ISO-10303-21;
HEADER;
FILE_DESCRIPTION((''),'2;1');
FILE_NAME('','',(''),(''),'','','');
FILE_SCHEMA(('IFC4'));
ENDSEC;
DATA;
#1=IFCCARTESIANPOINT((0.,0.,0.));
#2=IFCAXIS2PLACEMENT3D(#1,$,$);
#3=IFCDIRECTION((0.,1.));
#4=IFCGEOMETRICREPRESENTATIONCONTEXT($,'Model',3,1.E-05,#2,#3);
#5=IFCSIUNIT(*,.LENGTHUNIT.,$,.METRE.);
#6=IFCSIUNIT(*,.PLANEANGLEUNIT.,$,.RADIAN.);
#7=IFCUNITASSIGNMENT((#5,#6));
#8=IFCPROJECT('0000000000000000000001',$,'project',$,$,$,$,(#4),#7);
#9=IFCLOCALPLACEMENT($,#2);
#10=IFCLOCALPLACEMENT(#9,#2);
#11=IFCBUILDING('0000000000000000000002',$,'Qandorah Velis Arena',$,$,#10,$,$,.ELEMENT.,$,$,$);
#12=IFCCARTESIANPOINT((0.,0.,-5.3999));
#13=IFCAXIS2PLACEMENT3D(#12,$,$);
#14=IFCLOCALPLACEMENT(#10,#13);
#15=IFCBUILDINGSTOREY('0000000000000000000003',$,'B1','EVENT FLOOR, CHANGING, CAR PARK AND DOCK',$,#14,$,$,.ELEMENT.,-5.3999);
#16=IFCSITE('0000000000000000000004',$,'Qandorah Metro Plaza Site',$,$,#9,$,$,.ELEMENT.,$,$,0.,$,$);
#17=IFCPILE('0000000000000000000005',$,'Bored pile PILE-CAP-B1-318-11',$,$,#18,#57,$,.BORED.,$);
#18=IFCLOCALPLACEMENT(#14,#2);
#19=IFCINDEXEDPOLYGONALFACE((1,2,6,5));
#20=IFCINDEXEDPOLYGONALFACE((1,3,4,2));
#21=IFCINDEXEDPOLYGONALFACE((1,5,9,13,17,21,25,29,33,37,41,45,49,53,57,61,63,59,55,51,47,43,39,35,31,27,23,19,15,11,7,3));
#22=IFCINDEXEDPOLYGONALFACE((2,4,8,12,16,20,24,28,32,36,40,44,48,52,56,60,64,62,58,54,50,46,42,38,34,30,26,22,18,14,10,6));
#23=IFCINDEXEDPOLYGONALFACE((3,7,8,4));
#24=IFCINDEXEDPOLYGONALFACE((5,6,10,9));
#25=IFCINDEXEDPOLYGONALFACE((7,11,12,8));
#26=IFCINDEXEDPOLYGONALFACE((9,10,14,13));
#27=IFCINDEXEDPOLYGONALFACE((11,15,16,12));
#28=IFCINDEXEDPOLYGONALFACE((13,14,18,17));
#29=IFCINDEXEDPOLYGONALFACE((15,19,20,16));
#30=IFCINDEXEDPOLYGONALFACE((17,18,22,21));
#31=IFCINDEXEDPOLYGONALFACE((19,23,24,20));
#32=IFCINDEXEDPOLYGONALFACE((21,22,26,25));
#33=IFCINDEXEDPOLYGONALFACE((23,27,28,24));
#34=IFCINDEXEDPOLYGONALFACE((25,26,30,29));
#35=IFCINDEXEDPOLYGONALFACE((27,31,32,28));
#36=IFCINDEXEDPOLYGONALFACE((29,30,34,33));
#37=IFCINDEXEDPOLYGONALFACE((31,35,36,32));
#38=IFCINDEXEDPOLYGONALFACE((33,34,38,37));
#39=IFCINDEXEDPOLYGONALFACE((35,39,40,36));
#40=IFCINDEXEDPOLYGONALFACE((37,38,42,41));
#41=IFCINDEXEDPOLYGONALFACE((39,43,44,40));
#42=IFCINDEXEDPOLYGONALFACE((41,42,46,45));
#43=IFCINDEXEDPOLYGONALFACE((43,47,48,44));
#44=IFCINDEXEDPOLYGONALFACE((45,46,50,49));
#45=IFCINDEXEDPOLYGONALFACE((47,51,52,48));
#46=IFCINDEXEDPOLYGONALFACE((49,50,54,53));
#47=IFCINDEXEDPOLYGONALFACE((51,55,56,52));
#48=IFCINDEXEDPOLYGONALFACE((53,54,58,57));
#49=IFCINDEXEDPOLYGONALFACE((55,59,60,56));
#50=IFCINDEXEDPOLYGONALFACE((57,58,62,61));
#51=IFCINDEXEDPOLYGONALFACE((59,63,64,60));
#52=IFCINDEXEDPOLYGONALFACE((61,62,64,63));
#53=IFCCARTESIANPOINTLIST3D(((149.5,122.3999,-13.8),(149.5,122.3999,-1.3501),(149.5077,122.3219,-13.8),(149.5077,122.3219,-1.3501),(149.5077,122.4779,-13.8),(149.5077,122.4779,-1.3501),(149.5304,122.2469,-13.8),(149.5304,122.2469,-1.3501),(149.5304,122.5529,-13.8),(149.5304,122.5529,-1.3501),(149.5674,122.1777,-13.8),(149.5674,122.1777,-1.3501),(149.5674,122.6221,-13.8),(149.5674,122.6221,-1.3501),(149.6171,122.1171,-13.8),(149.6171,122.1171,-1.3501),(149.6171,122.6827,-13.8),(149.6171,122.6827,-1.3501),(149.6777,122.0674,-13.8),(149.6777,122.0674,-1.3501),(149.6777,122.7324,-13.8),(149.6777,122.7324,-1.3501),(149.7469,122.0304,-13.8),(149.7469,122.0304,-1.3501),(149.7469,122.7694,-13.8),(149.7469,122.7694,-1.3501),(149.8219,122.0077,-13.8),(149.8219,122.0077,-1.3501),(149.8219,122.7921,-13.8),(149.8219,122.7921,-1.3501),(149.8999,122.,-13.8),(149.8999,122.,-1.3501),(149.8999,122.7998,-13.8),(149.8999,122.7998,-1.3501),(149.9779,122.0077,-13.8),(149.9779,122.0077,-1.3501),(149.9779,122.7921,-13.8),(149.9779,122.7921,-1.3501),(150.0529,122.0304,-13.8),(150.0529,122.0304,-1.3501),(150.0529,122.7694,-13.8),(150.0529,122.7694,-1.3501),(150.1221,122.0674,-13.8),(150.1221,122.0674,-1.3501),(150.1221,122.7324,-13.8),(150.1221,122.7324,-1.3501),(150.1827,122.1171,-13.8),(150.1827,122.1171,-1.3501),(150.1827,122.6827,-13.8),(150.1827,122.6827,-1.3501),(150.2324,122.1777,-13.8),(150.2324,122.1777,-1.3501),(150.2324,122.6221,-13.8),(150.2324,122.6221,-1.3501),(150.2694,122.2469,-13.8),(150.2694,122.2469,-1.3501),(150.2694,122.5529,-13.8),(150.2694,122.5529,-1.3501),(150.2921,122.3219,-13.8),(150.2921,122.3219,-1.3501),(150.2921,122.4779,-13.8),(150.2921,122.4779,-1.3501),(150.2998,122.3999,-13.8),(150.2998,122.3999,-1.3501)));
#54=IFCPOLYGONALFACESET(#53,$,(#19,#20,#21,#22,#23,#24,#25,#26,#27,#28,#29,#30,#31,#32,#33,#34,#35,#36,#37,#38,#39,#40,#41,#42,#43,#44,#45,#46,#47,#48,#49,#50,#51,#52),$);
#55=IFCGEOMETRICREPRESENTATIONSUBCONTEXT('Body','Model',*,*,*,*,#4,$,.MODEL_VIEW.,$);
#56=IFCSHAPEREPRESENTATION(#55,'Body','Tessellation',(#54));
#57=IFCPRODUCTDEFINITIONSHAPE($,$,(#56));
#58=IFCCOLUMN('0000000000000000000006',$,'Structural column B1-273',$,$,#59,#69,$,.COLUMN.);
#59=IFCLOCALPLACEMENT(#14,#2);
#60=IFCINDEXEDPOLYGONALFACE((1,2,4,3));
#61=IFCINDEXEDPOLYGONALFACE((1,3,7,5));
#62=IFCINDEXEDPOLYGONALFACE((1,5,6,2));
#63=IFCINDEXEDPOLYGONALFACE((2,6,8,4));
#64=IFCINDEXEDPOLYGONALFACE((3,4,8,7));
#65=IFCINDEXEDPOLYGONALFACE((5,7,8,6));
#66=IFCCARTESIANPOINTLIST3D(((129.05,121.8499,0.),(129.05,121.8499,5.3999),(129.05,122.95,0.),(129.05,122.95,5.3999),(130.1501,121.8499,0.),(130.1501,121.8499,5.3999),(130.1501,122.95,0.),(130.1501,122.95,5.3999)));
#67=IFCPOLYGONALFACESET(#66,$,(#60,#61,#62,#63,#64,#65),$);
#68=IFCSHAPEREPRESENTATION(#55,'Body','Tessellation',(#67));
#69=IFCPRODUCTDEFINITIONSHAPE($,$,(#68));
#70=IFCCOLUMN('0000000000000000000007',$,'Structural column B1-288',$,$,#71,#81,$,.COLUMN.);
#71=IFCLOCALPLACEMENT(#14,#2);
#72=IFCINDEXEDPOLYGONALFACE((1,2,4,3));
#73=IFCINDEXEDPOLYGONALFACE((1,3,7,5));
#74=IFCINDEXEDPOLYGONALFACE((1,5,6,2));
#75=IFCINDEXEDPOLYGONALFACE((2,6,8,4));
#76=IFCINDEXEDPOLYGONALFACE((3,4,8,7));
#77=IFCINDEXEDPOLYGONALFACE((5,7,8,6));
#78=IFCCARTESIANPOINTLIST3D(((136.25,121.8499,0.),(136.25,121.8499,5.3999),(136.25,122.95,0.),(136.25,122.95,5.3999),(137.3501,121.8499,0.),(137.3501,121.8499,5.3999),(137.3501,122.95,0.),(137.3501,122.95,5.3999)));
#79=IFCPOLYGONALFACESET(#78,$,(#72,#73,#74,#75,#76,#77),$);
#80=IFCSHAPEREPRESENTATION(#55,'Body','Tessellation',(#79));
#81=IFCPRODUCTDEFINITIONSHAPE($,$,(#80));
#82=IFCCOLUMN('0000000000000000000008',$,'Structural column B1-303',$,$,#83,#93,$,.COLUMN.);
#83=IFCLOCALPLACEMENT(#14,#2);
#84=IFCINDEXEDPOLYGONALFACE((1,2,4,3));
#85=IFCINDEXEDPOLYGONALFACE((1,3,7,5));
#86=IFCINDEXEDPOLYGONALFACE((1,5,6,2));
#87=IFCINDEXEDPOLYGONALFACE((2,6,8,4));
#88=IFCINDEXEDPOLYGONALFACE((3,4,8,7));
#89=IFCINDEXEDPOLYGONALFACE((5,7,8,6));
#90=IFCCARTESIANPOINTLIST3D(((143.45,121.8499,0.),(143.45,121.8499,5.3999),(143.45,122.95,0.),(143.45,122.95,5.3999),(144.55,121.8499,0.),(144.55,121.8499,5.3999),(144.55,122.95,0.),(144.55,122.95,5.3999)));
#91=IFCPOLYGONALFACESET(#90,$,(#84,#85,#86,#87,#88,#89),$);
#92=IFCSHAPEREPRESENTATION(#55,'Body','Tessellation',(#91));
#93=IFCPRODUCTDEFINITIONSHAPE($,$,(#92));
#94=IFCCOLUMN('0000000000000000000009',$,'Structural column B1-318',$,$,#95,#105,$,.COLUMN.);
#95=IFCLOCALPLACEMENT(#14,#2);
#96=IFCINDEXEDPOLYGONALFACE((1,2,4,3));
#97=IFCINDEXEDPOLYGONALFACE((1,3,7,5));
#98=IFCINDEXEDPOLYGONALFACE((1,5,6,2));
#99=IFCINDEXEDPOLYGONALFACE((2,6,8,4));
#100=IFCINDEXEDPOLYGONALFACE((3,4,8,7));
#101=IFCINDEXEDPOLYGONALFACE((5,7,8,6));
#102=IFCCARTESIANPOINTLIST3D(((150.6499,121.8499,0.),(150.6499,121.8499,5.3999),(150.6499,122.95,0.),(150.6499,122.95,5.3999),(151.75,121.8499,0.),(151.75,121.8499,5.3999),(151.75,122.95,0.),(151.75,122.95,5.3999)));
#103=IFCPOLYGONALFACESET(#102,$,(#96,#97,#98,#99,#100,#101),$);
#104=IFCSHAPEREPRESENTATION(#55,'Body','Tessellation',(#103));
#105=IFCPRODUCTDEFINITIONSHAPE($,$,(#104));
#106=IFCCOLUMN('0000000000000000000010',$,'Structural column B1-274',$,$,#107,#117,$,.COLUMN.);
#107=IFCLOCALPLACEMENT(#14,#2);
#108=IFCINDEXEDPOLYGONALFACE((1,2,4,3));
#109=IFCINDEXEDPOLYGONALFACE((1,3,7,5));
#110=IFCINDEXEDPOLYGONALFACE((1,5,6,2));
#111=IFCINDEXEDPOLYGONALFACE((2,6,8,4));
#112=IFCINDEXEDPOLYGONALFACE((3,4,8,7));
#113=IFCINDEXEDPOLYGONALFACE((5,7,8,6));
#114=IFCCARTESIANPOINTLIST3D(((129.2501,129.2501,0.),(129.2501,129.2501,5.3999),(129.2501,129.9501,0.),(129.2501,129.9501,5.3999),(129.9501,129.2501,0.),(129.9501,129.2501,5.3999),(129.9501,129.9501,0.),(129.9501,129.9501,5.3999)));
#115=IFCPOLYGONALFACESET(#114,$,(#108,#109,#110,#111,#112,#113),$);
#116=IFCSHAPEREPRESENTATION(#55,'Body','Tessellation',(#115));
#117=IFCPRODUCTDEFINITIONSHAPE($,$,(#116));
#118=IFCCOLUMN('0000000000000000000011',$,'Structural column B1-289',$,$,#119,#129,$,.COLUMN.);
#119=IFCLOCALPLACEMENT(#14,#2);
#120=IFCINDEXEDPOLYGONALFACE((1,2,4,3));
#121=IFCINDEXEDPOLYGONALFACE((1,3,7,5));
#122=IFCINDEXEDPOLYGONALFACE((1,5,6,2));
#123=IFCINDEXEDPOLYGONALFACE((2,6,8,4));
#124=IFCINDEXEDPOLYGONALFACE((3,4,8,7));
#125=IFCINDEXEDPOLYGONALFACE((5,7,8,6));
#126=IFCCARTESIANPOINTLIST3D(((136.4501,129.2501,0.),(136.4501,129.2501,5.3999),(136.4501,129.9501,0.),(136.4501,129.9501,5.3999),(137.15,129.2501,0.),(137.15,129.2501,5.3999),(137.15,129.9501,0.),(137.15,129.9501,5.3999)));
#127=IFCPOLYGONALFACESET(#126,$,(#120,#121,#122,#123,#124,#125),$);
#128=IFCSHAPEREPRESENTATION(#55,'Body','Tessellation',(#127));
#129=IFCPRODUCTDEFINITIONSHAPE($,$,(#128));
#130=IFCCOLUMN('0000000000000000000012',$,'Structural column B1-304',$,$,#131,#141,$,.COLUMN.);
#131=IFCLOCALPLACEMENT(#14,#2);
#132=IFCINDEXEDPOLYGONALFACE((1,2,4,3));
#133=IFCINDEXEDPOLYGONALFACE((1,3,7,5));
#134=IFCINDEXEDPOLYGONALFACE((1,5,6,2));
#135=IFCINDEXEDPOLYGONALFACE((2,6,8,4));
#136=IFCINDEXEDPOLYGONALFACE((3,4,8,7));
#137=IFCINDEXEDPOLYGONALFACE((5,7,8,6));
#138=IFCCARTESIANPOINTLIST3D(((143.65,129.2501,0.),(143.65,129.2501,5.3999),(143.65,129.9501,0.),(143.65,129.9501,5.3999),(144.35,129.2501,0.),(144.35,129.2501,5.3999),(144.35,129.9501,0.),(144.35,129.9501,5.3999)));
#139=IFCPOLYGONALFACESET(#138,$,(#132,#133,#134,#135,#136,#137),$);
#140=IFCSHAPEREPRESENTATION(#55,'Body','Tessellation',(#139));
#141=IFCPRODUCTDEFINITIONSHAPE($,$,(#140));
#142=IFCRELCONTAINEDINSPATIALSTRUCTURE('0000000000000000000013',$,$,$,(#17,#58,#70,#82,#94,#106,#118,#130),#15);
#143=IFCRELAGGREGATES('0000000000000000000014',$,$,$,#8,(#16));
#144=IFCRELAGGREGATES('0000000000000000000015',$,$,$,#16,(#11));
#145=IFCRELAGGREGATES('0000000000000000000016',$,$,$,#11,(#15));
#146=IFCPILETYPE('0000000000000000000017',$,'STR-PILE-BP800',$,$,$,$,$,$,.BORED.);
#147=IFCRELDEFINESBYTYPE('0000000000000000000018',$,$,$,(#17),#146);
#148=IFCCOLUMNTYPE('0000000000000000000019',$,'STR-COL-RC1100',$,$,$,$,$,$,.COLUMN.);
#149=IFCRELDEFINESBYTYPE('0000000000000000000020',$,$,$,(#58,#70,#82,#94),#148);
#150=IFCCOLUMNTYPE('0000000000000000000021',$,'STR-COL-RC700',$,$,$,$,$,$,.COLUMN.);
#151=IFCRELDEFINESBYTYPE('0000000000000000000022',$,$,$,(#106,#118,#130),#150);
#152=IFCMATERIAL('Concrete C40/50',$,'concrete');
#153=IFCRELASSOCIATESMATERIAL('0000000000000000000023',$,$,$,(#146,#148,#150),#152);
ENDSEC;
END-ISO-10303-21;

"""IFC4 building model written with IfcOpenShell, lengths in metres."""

from ifc_helpers import new_model, si_unit, direction, frame, origin, origin_2d, place, context, subcontext, project, spatial, rectangle, circle, extrude, material, material_profile, profile_set, type_object, element, save


model = new_model("IFC4")

# Units and contexts
model_context = context("Model", 3, precision=1e-05, world=origin(), true_north=direction((0.0, 1.0)))
body_context = subcontext(model_context, "Body", "Model", "MODEL_VIEW")
ifc_project = project(units=[si_unit("LENGTHUNIT", "METRE"), si_unit("PLANEANGLEUNIT", "RADIAN")], contexts=[model_context])

# Site, building, storey
site_placement = place(None, origin())
site = spatial("IfcSite", under=ifc_project, at=site_placement, Name="Qandorah Metro Plaza Site", CompositionType="ELEMENT", RefElevation=0.0)
building_placement = place(site_placement, origin())
building = spatial("IfcBuilding", under=site, at=building_placement, Name="Qandorah Velis Arena", CompositionType="ELEMENT")
storey_placement = place(building_placement, frame((0.0, 0.0, -5.3999)))
storey = spatial("IfcBuildingStorey", under=building, at=storey_placement, Name="B1", Description="EVENT FLOOR, CHANGING, CAR PARK AND DOCK", CompositionType="ELEMENT", Elevation=-5.3999)

# Shared definitions
ifc_material_1 = material(Name="Concrete C40/50", Category="concrete")

# Pile
ifc_material_profile_1 = material_profile(ifc_material_1, circle(Radius=0.3999, at=origin_2d()), Name="BORED PILE D800")
ifc_profile_set_1 = profile_set([ifc_material_profile_1], Name="Concrete C40/50")
pile_type_1 = type_object("IfcPileType", Name="STR-PILE-BP800", PredefinedType="BORED", material=ifc_profile_set_1)
pile_1_placement = place(storey_placement, frame((149.8999, 122.3999, -1.3501), z_axis=(0.0, 0.0, -1.0), x_axis=(1.0, 0.0, 0.0)))
element("IfcPile", 1, at=pile_1_placement, inside=storey, type_object=pile_type_1, Name="Bored pile PILE-CAP-B1-318-11", PredefinedType="BORED", context=body_context, shape_type="SweptSolid", body=[
    extrude(circle(Radius=0.3999, at=origin_2d()), origin(), (0.0, 0.0, 1.0), 12.45),
])

# Columns
ifc_material_profile_2 = material_profile(ifc_material_1, rectangle(XDim=1.1001, YDim=1.1001, at=origin_2d()), Name="RC COL 1100x1100")
ifc_profile_set_2 = profile_set([ifc_material_profile_2], Name="Concrete C40/50")
column_type_1 = type_object("IfcColumnType", Name="STR-COL-RC1100", PredefinedType="COLUMN", material=ifc_profile_set_2)
for number, where, z_axis, x_axis, name in (
    (2, (129.6001, 122.3999, 0.0), (0.0, 0.0, 1.0), (1.0, 0.0, 0.0), "Structural column B1-273"),
    (3, (136.8, 122.3999, 0.0), (0.0, 0.0, 1.0), (1.0, 0.0, 0.0), "Structural column B1-288"),
    (4, (144.0, 122.3999, 0.0), (0.0, 0.0, 1.0), (1.0, 0.0, 0.0), "Structural column B1-303"),
    (5, (151.2, 122.3999, 0.0), (0.0, 0.0, 1.0), (1.0, 0.0, 0.0), "Structural column B1-318"),
):
    element("IfcColumn", number, at=place(storey_placement, frame(where, z_axis=z_axis, x_axis=x_axis)), inside=storey, type_object=column_type_1, Name=name, PredefinedType="COLUMN", context=body_context, shape_type="SweptSolid", body=[
        extrude(rectangle(XDim=1.1001, YDim=1.1001, at=origin_2d()), origin(), (0.0, 0.0, 1.0), 5.3999),
    ])
ifc_material_profile_3 = material_profile(ifc_material_1, rectangle(XDim=0.7, YDim=0.7, at=origin_2d()), Name="RC COL 700x700")
ifc_profile_set_3 = profile_set([ifc_material_profile_3], Name="Concrete C40/50")
column_type_2 = type_object("IfcColumnType", Name="STR-COL-RC700", PredefinedType="COLUMN", material=ifc_profile_set_3)
for number, where, z_axis, x_axis, name in (
    (6, (129.6001, 129.6001, 0.0), (0.0, 0.0, 1.0), (1.0, 0.0, 0.0), "Structural column B1-274"),
    (7, (136.8, 129.6001, 0.0), (0.0, 0.0, 1.0), (1.0, 0.0, 0.0), "Structural column B1-289"),
    (8, (144.0, 129.6001, 0.0), (0.0, 0.0, 1.0), (1.0, 0.0, 0.0), "Structural column B1-304"),
):
    element("IfcColumn", number, at=place(storey_placement, frame(where, z_axis=z_axis, x_axis=x_axis)), inside=storey, type_object=column_type_2, Name=name, PredefinedType="COLUMN", context=body_context, shape_type="SweptSolid", body=[
        extrude(rectangle(XDim=0.7, YDim=0.7, at=origin_2d()), origin(), (0.0, 0.0, 1.0), 5.3999),
    ])

save(model, "model.ifc")
